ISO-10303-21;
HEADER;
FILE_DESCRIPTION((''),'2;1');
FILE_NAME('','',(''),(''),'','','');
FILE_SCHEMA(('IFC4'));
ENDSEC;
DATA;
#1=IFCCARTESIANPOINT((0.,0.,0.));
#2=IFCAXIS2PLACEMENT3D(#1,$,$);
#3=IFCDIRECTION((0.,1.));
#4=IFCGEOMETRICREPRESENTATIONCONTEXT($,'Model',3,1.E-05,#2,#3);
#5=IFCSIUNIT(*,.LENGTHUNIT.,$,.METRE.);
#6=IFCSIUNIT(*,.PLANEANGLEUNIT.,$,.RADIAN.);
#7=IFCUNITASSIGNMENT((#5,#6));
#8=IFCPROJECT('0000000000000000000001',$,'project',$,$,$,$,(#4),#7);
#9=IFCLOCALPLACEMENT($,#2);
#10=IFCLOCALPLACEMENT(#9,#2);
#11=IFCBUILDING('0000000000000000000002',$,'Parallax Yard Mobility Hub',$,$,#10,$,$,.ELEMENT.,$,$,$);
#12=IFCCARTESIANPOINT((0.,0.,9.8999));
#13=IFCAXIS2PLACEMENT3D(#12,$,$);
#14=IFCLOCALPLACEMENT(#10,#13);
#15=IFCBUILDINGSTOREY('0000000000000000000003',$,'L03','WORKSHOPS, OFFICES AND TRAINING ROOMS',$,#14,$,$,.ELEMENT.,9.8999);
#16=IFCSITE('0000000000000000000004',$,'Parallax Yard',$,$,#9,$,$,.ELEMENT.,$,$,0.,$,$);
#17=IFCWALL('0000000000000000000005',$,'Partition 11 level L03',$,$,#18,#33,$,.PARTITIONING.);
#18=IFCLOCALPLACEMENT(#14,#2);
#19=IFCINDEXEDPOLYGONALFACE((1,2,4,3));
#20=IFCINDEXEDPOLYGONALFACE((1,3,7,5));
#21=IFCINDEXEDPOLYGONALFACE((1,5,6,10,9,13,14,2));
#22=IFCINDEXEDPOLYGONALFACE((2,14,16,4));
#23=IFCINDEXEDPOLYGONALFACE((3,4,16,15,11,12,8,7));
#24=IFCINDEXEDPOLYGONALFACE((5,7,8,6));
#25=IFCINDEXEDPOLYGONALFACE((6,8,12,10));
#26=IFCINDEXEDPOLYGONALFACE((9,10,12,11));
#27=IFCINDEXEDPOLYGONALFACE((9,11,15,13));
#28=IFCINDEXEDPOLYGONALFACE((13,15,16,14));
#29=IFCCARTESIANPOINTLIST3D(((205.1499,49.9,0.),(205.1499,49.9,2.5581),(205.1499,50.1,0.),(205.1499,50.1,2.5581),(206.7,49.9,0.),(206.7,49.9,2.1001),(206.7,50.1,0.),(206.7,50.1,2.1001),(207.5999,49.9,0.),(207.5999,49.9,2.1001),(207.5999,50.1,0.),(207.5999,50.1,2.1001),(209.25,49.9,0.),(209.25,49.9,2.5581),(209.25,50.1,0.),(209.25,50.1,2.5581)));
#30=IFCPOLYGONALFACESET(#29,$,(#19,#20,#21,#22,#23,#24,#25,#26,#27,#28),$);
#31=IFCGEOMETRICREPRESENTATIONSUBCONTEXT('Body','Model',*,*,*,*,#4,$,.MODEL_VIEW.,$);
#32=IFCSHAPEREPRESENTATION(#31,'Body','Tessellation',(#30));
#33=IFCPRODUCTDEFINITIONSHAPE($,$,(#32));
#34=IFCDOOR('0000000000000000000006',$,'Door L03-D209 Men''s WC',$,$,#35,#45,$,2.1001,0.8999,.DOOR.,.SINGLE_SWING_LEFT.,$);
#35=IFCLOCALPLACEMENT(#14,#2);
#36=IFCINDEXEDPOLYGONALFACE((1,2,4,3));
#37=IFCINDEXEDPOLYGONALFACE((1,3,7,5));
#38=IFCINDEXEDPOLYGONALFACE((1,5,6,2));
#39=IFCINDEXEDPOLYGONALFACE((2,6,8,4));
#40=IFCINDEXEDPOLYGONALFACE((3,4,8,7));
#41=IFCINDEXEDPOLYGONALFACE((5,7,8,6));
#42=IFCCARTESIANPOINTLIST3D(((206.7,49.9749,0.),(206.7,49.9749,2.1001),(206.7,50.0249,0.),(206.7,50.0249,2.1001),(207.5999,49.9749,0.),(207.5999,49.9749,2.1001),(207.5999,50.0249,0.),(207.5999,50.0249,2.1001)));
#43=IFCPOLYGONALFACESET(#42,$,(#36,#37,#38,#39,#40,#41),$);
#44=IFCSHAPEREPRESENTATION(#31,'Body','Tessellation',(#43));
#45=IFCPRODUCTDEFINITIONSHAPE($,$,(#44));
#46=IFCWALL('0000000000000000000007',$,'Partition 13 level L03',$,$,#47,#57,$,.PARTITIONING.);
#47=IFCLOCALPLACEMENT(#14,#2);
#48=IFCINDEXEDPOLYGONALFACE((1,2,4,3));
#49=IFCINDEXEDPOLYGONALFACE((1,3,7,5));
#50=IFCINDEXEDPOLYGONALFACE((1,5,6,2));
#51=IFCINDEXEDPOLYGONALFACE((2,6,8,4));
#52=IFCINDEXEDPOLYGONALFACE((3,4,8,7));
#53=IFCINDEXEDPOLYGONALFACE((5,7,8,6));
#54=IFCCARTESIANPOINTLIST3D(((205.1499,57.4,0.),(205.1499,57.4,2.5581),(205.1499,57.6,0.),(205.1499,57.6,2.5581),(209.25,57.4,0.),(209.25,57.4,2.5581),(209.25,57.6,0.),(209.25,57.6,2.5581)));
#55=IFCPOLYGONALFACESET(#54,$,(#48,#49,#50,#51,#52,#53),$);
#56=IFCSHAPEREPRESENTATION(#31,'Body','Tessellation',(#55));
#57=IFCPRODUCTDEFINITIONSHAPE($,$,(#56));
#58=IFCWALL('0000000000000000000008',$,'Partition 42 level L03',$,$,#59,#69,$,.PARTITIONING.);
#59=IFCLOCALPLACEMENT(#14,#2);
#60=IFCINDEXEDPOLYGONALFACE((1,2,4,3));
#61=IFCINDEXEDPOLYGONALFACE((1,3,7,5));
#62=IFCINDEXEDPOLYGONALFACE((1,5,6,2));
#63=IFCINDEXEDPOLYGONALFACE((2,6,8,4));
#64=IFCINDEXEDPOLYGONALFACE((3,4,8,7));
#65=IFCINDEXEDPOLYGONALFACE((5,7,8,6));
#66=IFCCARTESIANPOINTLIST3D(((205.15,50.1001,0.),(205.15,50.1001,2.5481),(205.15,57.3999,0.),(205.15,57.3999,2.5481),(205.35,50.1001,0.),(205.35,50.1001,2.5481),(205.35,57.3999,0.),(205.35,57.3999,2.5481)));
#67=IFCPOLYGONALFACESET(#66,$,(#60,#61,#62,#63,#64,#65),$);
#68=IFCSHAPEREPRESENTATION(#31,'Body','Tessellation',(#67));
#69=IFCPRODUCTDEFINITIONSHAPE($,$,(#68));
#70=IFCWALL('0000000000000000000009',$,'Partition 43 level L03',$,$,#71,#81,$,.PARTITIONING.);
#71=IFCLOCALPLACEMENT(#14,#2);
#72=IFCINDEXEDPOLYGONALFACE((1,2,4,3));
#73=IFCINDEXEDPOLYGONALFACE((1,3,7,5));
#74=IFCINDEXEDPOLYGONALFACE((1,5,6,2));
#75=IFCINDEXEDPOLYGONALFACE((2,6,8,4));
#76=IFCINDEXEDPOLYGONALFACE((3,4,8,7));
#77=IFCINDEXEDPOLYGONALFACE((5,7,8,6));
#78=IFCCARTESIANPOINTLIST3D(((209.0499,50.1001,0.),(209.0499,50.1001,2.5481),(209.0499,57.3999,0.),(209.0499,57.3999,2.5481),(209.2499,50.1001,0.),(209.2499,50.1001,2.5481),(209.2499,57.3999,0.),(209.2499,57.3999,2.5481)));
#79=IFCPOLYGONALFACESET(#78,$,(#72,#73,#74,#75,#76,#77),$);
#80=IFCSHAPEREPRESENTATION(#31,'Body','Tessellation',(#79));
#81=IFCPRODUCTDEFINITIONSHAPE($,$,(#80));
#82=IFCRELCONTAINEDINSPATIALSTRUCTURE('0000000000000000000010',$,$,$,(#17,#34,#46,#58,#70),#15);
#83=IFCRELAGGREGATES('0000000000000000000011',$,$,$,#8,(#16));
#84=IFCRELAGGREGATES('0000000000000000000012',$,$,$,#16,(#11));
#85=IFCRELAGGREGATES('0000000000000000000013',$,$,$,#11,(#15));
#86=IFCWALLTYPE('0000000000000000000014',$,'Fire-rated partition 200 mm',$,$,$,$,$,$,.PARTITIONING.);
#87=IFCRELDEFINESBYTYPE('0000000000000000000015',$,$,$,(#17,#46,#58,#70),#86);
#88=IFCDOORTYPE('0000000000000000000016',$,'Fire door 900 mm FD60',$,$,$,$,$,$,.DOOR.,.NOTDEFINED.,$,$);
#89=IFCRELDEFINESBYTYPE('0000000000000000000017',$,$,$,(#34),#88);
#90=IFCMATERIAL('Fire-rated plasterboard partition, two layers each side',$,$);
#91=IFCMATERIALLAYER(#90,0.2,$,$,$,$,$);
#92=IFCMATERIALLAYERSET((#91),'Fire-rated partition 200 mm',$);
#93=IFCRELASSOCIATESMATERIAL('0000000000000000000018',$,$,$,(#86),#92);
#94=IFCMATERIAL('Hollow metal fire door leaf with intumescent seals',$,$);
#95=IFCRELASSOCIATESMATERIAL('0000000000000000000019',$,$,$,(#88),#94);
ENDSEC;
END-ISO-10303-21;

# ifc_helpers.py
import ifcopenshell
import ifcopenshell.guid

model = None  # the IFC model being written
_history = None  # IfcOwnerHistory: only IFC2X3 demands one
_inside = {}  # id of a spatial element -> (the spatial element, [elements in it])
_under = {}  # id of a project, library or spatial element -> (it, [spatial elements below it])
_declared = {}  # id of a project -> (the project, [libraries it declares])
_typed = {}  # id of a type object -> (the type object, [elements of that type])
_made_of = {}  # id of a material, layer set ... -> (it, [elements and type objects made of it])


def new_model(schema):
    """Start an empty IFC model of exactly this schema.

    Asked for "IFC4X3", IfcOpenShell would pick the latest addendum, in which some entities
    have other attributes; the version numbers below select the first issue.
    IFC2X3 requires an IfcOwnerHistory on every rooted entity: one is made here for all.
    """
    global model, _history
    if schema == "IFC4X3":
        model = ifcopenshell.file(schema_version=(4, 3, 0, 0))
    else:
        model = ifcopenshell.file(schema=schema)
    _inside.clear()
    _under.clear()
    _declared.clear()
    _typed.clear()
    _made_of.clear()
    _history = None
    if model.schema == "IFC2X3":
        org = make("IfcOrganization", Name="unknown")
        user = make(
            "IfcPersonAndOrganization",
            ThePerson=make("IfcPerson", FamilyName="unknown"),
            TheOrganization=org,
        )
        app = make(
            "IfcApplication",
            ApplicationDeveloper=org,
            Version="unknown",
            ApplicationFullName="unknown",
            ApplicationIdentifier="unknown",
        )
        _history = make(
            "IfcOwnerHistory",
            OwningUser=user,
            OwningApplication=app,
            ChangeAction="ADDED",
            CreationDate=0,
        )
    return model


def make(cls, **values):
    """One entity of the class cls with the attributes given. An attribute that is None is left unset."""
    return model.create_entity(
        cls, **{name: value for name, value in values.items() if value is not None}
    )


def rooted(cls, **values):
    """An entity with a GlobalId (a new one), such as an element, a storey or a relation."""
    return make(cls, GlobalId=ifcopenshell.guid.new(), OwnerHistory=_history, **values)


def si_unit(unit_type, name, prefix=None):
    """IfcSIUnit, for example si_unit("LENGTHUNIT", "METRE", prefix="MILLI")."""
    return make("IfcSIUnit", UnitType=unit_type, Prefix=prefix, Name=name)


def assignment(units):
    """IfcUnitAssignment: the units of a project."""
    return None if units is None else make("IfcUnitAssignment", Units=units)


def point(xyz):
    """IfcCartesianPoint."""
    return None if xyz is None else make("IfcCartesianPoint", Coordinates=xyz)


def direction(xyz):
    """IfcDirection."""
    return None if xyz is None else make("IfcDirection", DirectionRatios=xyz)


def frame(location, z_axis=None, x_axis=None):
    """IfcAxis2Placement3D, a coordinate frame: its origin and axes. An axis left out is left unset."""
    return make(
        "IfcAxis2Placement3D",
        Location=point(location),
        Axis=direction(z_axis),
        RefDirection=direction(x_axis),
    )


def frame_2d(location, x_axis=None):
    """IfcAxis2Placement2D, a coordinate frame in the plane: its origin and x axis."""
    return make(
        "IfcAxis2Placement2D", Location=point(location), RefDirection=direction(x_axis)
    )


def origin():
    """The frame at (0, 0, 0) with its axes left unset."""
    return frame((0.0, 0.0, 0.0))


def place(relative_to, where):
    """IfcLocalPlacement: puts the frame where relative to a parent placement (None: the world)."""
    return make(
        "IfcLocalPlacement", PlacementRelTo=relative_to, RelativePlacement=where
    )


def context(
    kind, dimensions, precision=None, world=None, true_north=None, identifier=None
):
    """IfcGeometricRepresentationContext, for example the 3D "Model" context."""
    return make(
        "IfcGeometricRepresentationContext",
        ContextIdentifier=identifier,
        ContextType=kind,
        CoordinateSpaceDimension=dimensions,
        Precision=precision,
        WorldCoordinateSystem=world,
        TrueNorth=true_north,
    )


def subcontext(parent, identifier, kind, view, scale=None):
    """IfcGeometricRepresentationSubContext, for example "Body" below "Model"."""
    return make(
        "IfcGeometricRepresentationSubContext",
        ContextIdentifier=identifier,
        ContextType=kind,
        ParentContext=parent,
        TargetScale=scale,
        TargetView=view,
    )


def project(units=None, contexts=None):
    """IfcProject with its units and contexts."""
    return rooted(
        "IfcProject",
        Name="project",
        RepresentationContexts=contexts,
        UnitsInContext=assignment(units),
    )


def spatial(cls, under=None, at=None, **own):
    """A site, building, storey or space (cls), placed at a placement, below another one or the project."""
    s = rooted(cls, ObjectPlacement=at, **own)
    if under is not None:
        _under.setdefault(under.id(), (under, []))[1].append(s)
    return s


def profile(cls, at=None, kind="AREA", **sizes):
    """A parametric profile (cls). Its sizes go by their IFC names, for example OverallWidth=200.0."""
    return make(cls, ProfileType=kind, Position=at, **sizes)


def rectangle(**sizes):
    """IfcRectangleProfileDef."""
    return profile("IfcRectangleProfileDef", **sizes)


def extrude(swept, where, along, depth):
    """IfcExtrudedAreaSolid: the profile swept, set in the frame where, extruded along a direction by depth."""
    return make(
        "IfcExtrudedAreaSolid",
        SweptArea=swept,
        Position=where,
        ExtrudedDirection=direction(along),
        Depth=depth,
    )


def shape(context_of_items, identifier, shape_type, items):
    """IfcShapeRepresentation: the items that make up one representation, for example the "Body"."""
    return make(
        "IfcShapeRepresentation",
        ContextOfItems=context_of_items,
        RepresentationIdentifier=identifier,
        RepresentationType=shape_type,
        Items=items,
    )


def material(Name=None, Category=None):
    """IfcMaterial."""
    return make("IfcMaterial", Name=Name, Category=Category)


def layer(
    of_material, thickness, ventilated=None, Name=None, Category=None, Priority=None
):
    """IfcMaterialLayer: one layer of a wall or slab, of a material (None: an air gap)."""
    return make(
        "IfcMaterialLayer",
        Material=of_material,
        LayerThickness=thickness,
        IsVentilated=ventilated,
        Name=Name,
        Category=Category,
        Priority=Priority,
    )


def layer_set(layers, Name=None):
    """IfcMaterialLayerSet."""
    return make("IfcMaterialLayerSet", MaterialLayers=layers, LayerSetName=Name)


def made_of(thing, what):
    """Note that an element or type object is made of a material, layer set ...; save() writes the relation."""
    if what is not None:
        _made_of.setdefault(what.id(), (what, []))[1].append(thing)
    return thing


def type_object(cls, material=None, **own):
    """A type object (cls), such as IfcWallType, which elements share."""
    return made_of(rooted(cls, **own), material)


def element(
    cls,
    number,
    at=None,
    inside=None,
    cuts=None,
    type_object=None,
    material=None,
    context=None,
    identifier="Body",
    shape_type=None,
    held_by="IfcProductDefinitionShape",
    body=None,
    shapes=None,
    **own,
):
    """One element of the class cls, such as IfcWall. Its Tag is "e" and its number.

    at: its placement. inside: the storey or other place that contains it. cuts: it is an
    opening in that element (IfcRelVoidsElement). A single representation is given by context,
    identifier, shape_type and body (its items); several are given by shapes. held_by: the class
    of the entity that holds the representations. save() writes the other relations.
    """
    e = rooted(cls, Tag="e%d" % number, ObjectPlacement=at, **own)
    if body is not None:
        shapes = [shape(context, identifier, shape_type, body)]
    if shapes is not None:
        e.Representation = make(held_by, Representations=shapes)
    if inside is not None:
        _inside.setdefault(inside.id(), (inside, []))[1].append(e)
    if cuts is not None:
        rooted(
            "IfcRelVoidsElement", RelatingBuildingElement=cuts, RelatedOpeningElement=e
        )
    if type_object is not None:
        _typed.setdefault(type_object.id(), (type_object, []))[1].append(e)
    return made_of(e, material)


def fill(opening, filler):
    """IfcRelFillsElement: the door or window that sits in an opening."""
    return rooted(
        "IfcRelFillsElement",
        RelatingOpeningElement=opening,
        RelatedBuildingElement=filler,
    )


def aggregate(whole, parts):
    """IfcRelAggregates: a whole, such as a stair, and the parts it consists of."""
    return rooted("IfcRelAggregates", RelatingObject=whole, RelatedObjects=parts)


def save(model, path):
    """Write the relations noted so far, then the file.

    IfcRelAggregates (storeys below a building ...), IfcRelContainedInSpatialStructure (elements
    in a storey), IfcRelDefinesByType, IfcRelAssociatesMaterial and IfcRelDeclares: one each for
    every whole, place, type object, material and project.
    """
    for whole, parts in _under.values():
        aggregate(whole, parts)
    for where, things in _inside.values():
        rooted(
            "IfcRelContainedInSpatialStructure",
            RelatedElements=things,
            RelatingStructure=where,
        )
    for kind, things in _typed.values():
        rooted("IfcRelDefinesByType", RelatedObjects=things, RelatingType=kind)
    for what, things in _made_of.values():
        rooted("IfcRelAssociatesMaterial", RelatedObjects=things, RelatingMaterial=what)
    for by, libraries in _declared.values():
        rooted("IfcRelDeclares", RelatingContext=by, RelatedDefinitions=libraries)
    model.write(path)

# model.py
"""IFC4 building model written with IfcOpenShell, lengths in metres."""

from ifc_helpers import new_model, si_unit, direction, frame, frame_2d, origin, place, context, subcontext, project, spatial, rectangle, extrude, material, layer, layer_set, type_object, element, fill, save


model = new_model("IFC4")

# Units and contexts
model_context = context("Model", 3, precision=1e-05, world=origin(), true_north=direction((0.0, 1.0)))
body_context = subcontext(model_context, "Body", "Model", "MODEL_VIEW")
ifc_project = project(units=[si_unit("LENGTHUNIT", "METRE"), si_unit("PLANEANGLEUNIT", "RADIAN")], contexts=[model_context])

# Site, building, storey
site_placement = place(None, origin())
site = spatial("IfcSite", under=ifc_project, at=site_placement, Name="Parallax Yard", CompositionType="ELEMENT", RefElevation=0.0)
building_placement = place(site_placement, origin())
building = spatial("IfcBuilding", under=site, at=building_placement, Name="Parallax Yard Mobility Hub", CompositionType="ELEMENT")
storey_placement = place(building_placement, frame((0.0, 0.0, 9.8999)))
storey = spatial("IfcBuildingStorey", under=building, at=storey_placement, Name="L03", Description="WORKSHOPS, OFFICES AND TRAINING ROOMS", CompositionType="ELEMENT", Elevation=9.8999)

# Wall, opening, door
ifc_material_1 = material(Name="Fire-rated plasterboard partition, two layers each side")
ifc_layer_1 = layer(ifc_material_1, 0.2)
ifc_layer_set_1 = layer_set([ifc_layer_1], Name="Fire-rated partition 200 mm")
wall_type_1 = type_object("IfcWallType", Name="Fire-rated partition 200 mm", PredefinedType="PARTITIONING", material=ifc_layer_set_1)
wall_1_placement = place(storey_placement, frame((205.1499, 50.0, 0.0), z_axis=(0.0, 0.0, 1.0), x_axis=(1.0, 0.0, 0.0)))
wall_1 = element("IfcWall", 1, at=wall_1_placement, inside=storey, type_object=wall_type_1, Name="Partition 11 level L03", PredefinedType="PARTITIONING", context=body_context, shape_type="SweptSolid", body=[
    extrude(rectangle(XDim=4.1001, YDim=0.2, at=frame_2d((2.05, 0.0))), origin(), (0.0, 0.0, 1.0), 2.5581),
])
opening_placement = place(wall_1_placement, frame((1.55, 0.0, 0.0)))
opening = element("IfcOpeningElement", 2, at=opening_placement, cuts=wall_1, PredefinedType="OPENING", context=body_context, shape_type="SweptSolid", body=[
    extrude(rectangle(XDim=0.8999, YDim=2.1001, at=frame_2d((0.45, 1.05))), frame((0.0, 0.1099, 0.0), z_axis=(0.0, -1.0, 0.0), x_axis=(1.0, 0.0, 0.0)), (0.0, 0.0, 1.0), 0.22),
])
ifc_material_2 = material(Name="Hollow metal fire door leaf with intumescent seals")
door_type = type_object("IfcDoorType", Name="Fire door 900 mm FD60", OperationType="NOTDEFINED", PredefinedType="DOOR", material=ifc_material_2)
door_placement = place(opening_placement, origin())
door = element("IfcDoor", 3, at=door_placement, inside=storey, type_object=door_type, Name="Door L03-D209 Men's WC", OperationType="SINGLE_SWING_LEFT", OverallHeight=2.1001, OverallWidth=0.8999, PredefinedType="DOOR", context=body_context, shape_type="SweptSolid", body=[
    extrude(rectangle(XDim=0.8999, YDim=2.1001, at=frame_2d((0.45, 1.05))), frame((0.0, 0.0249, 0.0), z_axis=(0.0, -1.0, 0.0), x_axis=(1.0, 0.0, 0.0)), (0.0, 0.0, 1.0), 0.05),
])
fill(opening, door)

# Walls
wall_2_placement = place(storey_placement, frame((205.1499, 57.5, 0.0), z_axis=(0.0, 0.0, 1.0), x_axis=(1.0, 0.0, 0.0)))
element("IfcWall", 4, at=wall_2_placement, inside=storey, type_object=wall_type_1, Name="Partition 13 level L03", PredefinedType="PARTITIONING", context=body_context, shape_type="SweptSolid", body=[
    extrude(rectangle(XDim=4.1001, YDim=0.2, at=frame_2d((2.05, 0.0))), origin(), (0.0, 0.0, 1.0), 2.5581),
])
for number, where, z_axis, x_axis, name in (
    (5, (205.25, 50.1001, 0.0), (0.0, 0.0, 1.0), (0.0, 1.0, 0.0), "Partition 42 level L03"),
    (6, (209.1499, 50.1001, 0.0), (0.0, 0.0, 1.0), (0.0, 1.0, 0.0), "Partition 43 level L03"),
):
    element("IfcWall", number, at=place(storey_placement, frame(where, z_axis=z_axis, x_axis=x_axis)), inside=storey, type_object=wall_type_1, Name=name, PredefinedType="PARTITIONING", context=body_context, shape_type="SweptSolid", body=[
        extrude(rectangle(XDim=7.2998, YDim=0.2, at=frame_2d((3.6499, 0.0))), origin(), (0.0, 0.0, 1.0), 2.5481),
    ])

save(model, "model.ifc")
